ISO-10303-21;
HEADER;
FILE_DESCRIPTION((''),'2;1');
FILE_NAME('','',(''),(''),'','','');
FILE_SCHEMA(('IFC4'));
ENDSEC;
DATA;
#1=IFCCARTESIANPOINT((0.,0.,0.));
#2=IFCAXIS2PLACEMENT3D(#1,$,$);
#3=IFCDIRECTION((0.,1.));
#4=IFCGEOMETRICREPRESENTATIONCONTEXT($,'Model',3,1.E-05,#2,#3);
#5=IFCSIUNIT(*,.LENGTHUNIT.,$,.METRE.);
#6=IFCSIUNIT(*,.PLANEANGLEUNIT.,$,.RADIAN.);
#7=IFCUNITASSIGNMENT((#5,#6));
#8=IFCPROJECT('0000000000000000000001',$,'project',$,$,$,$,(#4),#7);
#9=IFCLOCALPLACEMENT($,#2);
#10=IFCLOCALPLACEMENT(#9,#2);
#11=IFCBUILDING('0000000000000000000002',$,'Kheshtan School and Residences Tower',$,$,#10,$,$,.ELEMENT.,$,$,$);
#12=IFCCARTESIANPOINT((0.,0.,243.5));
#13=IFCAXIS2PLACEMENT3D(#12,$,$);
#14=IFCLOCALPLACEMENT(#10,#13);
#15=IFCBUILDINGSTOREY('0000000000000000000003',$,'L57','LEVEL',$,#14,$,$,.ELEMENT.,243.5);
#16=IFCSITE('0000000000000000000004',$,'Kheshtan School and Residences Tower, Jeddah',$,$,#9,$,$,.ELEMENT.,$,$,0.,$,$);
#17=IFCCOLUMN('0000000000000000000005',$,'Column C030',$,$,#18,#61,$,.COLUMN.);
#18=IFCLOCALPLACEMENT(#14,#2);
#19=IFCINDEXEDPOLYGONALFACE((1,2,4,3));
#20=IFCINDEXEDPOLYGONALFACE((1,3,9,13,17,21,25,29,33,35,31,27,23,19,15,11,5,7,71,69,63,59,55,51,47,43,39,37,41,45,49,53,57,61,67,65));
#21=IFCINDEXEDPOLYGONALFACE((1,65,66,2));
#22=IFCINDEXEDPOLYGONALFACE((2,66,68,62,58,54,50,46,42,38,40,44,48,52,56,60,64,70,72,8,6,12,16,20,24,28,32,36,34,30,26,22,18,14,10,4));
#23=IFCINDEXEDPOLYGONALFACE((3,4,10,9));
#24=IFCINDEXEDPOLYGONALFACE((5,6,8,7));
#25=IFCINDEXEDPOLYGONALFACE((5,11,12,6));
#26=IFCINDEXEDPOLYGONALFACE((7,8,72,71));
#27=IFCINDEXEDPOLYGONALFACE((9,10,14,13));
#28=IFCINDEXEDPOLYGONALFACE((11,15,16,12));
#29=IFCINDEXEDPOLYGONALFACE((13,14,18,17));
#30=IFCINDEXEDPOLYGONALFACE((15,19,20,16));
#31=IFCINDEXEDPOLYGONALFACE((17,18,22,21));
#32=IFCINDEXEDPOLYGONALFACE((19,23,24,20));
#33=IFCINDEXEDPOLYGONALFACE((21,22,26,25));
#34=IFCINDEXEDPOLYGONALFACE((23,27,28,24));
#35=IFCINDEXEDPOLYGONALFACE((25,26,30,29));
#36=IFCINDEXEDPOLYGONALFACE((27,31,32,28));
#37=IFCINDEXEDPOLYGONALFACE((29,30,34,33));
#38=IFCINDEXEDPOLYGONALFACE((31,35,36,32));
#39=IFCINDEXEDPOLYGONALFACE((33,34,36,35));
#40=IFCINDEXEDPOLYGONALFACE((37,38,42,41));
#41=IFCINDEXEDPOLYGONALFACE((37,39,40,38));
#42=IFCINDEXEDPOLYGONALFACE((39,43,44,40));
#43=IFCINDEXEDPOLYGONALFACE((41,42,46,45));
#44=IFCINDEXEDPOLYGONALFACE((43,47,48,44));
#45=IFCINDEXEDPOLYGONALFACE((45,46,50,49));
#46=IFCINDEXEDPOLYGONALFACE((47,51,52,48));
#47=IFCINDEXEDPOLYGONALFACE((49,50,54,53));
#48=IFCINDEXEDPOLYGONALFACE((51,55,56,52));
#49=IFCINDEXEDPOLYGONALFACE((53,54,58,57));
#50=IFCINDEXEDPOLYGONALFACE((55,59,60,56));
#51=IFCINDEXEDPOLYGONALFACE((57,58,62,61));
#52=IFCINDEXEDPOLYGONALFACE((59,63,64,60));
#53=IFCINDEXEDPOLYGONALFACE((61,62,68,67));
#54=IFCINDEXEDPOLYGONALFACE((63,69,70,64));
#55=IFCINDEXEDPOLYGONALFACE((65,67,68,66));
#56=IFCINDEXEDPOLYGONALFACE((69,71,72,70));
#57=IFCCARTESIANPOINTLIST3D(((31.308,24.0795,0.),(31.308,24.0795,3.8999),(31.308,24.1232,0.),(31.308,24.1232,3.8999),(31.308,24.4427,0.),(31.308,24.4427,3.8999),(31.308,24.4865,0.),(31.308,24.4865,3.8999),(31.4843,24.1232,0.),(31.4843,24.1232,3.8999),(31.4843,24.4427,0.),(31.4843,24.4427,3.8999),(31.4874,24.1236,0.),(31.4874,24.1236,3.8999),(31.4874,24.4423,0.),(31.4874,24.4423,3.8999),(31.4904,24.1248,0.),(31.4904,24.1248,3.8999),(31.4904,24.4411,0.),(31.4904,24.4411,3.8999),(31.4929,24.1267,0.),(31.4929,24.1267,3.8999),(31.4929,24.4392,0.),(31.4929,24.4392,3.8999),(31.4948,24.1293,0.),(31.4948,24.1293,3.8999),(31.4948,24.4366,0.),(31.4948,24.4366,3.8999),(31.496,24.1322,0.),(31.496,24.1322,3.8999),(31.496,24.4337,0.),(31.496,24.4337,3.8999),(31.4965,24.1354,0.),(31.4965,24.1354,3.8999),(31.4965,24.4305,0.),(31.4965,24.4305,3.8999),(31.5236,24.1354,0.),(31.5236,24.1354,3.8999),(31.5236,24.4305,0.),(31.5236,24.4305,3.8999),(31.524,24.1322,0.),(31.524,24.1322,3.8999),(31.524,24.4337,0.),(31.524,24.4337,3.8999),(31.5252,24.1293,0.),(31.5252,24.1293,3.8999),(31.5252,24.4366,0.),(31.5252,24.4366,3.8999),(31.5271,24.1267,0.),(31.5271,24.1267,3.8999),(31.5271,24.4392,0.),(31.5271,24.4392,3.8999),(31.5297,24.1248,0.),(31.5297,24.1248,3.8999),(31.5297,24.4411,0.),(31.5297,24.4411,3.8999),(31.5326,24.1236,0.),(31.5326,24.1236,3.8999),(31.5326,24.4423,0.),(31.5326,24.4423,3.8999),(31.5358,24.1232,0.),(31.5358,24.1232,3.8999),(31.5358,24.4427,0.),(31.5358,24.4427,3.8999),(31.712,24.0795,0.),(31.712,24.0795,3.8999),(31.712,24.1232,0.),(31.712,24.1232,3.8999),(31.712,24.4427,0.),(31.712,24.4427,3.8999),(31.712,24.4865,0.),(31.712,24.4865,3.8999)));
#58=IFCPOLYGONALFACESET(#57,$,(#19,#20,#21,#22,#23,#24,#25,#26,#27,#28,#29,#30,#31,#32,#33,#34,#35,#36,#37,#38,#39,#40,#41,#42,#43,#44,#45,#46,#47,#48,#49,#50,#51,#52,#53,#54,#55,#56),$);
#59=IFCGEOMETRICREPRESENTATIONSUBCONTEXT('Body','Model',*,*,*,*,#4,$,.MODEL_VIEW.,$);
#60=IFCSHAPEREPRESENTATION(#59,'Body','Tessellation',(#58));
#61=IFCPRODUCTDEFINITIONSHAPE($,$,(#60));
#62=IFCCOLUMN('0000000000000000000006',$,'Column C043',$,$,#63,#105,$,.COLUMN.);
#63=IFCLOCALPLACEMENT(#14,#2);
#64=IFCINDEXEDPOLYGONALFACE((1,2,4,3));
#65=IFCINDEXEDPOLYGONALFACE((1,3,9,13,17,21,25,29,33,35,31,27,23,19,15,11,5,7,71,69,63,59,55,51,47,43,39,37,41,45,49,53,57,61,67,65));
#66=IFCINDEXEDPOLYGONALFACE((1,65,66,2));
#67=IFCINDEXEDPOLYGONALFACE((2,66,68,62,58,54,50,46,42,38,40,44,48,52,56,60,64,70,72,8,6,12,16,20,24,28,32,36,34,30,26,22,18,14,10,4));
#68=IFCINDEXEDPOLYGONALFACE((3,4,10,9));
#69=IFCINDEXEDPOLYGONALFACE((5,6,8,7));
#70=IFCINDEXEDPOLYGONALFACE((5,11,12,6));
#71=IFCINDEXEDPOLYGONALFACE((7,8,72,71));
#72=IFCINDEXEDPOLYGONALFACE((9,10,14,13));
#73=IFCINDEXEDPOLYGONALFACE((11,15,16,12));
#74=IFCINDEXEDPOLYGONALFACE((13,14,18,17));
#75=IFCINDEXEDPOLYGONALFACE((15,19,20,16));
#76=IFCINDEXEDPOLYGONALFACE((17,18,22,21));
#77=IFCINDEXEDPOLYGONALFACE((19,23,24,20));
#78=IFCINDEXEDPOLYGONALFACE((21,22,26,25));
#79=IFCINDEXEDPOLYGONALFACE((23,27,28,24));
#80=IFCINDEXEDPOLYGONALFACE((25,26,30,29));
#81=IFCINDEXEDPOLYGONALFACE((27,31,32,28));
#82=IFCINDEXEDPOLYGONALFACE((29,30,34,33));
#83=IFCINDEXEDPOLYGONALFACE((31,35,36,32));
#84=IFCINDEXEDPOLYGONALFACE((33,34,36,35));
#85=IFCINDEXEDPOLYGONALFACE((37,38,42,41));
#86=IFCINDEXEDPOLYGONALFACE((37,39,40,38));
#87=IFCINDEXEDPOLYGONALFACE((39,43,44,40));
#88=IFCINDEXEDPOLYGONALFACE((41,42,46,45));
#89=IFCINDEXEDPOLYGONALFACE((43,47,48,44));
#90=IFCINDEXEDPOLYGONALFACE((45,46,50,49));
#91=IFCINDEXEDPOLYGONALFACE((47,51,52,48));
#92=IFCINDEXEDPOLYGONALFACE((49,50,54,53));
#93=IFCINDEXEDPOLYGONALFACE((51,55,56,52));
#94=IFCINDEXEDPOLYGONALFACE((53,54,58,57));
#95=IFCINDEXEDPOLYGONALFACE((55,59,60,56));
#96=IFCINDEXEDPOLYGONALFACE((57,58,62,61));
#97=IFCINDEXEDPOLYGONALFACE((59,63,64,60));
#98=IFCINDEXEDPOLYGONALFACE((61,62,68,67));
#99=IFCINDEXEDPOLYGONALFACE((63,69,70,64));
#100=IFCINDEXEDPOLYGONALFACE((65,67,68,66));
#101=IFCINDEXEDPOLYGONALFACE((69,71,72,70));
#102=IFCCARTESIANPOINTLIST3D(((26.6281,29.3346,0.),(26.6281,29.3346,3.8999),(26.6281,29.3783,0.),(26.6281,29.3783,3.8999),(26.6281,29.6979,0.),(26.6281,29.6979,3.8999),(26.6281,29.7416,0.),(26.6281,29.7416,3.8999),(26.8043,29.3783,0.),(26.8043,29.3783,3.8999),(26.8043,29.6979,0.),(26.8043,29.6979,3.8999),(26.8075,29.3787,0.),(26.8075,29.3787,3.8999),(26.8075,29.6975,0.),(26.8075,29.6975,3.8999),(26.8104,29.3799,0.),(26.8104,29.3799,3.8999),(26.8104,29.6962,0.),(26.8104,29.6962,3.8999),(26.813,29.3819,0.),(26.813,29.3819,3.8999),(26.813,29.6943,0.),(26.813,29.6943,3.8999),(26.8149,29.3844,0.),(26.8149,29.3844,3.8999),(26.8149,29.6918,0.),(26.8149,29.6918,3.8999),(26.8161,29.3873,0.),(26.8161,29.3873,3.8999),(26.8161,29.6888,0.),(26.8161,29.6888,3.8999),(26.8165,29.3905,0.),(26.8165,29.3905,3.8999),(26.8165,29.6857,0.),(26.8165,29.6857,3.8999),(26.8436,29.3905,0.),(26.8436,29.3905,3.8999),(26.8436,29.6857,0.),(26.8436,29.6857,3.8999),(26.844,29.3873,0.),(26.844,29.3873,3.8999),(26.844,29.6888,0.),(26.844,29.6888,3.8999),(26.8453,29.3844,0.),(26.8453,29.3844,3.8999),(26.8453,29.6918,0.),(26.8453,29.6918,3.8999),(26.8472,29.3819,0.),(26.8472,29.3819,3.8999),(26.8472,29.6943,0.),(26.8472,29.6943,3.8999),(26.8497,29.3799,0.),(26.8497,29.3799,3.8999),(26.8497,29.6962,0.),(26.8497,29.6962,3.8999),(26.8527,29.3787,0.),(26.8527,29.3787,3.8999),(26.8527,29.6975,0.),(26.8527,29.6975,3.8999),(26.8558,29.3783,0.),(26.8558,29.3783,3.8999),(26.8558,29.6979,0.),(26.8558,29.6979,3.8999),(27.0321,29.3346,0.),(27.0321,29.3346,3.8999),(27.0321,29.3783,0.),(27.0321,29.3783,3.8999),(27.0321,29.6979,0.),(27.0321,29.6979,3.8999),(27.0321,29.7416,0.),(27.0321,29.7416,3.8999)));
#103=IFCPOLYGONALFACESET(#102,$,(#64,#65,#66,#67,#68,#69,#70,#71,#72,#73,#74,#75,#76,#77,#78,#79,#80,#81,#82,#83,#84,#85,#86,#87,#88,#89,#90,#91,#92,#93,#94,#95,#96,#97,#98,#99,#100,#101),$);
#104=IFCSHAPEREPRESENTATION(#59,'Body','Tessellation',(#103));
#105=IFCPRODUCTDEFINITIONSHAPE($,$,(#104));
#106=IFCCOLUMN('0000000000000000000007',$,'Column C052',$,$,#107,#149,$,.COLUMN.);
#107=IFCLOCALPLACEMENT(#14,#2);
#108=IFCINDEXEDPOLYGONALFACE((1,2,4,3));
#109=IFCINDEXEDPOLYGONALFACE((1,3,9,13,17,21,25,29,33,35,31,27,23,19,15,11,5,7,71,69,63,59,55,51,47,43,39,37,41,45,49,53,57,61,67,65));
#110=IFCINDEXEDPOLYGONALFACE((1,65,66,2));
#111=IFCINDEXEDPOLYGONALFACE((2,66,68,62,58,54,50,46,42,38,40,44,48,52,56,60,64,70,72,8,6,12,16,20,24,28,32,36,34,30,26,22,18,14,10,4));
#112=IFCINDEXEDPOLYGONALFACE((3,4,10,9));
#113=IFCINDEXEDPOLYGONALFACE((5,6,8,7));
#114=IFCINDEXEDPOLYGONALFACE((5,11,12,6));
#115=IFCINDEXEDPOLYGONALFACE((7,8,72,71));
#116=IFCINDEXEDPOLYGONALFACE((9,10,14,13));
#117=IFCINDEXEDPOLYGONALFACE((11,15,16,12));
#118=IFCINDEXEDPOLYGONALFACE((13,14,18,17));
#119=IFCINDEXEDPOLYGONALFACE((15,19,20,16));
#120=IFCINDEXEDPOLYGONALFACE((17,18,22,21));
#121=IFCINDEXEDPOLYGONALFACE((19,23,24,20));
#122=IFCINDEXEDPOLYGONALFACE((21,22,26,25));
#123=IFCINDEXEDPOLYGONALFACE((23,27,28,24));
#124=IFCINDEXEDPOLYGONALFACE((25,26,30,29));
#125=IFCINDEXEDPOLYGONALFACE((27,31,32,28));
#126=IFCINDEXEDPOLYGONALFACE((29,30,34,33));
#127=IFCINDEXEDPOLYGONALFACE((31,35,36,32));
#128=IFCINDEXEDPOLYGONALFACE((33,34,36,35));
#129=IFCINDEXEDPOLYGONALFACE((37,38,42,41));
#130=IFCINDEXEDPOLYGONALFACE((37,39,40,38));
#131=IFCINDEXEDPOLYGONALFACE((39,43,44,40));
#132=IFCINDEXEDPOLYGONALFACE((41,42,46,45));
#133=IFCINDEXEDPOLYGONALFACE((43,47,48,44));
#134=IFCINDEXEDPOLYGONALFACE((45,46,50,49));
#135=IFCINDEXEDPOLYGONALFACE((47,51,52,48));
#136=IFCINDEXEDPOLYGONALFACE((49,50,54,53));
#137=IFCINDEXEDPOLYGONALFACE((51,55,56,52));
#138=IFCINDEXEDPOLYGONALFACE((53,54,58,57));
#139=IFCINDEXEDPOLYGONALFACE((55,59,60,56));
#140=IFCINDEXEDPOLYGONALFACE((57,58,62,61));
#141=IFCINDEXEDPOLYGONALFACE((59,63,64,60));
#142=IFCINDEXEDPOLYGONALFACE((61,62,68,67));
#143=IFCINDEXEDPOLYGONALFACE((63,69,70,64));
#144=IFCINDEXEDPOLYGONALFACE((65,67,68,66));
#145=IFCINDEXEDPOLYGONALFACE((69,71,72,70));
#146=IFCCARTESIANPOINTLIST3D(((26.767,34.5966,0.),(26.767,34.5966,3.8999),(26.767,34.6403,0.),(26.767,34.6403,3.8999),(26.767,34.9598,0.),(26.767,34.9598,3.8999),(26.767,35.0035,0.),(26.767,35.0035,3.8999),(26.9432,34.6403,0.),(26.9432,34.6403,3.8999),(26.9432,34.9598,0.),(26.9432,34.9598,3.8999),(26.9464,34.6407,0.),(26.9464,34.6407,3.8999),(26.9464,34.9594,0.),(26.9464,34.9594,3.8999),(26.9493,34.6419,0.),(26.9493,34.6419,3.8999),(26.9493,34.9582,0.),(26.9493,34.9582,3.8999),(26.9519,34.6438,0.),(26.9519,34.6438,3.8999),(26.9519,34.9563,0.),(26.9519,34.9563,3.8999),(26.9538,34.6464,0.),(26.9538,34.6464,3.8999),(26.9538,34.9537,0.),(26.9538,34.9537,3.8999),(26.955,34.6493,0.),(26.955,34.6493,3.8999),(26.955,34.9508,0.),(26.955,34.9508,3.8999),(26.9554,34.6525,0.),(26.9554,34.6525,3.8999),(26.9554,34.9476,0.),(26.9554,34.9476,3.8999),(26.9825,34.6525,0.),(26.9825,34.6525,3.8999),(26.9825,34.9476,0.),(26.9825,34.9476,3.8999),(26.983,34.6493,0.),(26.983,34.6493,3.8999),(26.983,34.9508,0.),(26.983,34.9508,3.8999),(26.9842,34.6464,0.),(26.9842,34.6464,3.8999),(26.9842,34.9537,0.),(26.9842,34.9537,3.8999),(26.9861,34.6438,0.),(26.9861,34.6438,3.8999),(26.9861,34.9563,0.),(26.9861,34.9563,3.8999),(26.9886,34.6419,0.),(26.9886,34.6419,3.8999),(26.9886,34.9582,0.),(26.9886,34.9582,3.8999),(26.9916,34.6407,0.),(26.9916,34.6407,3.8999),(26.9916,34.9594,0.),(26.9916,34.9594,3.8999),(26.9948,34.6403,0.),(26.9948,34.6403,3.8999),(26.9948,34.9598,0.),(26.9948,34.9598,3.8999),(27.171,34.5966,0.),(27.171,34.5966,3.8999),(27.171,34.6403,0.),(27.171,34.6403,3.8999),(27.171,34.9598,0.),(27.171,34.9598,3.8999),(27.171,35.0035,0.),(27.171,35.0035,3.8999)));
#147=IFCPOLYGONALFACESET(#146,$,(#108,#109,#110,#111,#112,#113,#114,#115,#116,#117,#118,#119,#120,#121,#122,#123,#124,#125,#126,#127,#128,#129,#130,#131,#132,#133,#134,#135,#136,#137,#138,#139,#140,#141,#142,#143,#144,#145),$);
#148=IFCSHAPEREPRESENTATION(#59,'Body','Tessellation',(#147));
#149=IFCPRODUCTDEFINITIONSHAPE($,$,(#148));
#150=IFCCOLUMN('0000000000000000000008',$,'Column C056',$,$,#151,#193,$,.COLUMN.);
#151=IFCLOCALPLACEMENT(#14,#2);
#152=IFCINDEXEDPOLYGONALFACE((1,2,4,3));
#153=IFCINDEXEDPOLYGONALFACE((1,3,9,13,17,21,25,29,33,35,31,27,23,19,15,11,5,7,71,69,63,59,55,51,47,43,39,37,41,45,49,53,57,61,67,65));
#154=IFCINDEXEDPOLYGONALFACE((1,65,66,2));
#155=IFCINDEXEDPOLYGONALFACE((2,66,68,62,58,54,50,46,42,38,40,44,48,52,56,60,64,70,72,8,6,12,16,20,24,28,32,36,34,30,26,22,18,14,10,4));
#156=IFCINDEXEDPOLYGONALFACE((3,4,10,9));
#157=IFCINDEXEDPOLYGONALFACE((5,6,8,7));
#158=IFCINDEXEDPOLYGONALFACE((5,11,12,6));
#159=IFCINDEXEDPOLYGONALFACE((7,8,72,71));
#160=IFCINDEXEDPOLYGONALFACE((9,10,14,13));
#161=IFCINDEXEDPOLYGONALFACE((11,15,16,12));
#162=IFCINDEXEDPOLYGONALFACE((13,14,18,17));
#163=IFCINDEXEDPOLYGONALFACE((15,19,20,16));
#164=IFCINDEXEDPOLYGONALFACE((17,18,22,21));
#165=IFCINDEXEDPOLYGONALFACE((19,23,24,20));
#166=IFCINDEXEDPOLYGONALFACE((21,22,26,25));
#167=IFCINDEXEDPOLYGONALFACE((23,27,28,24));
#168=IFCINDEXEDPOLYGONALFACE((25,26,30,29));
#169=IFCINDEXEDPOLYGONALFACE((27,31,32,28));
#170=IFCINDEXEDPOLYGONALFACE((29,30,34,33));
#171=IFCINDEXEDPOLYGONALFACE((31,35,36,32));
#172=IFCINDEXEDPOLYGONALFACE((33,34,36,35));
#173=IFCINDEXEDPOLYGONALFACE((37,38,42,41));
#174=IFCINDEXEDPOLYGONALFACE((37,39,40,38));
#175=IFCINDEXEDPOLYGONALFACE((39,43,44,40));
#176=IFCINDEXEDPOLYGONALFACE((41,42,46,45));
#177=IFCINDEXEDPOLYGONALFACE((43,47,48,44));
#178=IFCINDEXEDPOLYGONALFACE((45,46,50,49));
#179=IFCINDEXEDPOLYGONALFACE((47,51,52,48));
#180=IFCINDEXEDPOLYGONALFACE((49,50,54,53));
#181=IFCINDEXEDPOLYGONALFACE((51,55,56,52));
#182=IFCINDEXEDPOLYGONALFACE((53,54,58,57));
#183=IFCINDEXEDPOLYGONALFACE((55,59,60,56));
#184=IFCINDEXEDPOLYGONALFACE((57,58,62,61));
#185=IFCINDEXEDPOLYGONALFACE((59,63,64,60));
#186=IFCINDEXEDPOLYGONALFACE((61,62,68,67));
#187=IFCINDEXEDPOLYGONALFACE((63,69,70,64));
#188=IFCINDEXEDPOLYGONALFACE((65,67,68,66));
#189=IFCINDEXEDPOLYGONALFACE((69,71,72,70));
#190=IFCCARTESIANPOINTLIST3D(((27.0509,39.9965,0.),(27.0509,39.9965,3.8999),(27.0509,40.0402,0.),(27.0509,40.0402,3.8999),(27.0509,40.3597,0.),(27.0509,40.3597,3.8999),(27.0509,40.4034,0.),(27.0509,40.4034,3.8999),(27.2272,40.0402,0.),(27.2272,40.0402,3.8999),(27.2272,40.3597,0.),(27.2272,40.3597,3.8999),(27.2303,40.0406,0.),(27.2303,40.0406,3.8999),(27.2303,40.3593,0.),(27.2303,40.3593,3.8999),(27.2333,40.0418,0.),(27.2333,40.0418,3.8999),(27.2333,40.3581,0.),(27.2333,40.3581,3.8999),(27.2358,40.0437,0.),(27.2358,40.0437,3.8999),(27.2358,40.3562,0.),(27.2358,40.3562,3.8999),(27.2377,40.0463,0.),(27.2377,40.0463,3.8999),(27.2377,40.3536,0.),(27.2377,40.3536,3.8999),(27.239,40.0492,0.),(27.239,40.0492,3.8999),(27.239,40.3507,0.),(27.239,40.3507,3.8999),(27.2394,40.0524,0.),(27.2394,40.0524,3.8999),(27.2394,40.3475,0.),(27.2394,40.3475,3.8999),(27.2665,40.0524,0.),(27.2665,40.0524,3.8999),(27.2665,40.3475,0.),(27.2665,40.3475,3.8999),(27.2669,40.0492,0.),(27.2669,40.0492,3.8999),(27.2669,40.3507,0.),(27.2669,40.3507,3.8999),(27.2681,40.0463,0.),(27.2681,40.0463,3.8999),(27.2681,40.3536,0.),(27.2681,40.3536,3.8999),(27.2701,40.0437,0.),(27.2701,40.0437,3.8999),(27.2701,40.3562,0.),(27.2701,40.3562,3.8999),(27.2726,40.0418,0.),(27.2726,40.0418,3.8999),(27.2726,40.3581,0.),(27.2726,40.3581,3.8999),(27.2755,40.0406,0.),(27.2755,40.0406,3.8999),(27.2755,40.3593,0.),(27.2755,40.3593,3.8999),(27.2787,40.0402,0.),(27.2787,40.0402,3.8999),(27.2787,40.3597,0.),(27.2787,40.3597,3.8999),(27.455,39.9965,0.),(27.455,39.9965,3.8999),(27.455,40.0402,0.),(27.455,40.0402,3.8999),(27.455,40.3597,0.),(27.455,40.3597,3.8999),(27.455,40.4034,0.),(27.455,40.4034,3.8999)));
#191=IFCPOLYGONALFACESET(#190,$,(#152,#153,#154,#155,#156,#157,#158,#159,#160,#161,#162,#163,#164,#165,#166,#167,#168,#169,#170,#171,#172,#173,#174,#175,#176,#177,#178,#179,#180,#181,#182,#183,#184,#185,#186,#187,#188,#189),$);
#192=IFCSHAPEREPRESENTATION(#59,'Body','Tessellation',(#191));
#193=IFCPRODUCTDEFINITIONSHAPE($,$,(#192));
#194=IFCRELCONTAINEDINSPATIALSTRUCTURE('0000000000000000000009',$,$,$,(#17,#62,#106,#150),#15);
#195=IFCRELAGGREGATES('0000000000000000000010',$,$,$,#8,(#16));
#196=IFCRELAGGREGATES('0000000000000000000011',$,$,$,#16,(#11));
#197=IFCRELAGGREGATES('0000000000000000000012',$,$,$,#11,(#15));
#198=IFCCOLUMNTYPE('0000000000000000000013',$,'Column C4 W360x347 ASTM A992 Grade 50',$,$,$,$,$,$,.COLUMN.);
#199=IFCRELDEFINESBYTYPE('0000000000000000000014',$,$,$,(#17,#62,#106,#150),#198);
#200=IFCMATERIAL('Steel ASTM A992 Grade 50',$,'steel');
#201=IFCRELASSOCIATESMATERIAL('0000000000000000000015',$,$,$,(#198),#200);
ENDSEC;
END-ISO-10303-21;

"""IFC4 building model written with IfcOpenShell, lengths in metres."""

from ifc_helpers import new_model, si_unit, direction, frame, origin, origin_2d, place, context, subcontext, project, spatial, i_section, extrude, material, material_profile, profile_set, type_object, element, save


model = new_model("IFC4")

# Units and contexts
model_context = context("Model", 3, precision=1e-05, world=origin(), true_north=direction((0.0, 1.0)))
body_context = subcontext(model_context, "Body", "Model", "MODEL_VIEW")
ifc_project = project(units=[si_unit("LENGTHUNIT", "METRE"), si_unit("PLANEANGLEUNIT", "RADIAN")], contexts=[model_context])

# Site, building, storey
site_placement = place(None, origin())
site = spatial("IfcSite", under=ifc_project, at=site_placement, Name="Kheshtan School and Residences Tower, Jeddah", CompositionType="ELEMENT", RefElevation=0.0)
building_placement = place(site_placement, origin())
building = spatial("IfcBuilding", under=site, at=building_placement, Name="Kheshtan School and Residences Tower", CompositionType="ELEMENT")
storey_placement = place(building_placement, frame((0.0, 0.0, 243.5)))
storey = spatial("IfcBuildingStorey", under=building, at=storey_placement, Name="L57", Description="LEVEL", CompositionType="ELEMENT", Elevation=243.5)

# Columns
ifc_material_1 = material(Name="Steel ASTM A992 Grade 50", Category="steel")
ifc_material_profile_1 = material_profile(ifc_material_1, i_section(OverallWidth=0.4041, OverallDepth=0.407, WebThickness=0.0271, FlangeThickness=0.0437, FilletRadius=0.0122, at=origin_2d()), Name="W360x347")
ifc_profile_set_1 = profile_set([ifc_material_profile_1], Name="Steel ASTM A992 Grade 50")
column_type = type_object("IfcColumnType", Name="Column C4 W360x347 ASTM A992 Grade 50", PredefinedType="COLUMN", material=ifc_profile_set_1)
for number, where, z_axis, x_axis, name in (
    (1, (31.51, 24.283, 0.0), (0.0, 0.0, 1.0), (1.0, 0.0, 0.0), "Column C030"),
    (2, (26.8301, 29.5381, 0.0), (0.0, 0.0, 1.0), (1.0, 0.0, 0.0), "Column C043"),
    (3, (26.969, 34.8, 0.0), (0.0, 0.0, 1.0), (1.0, 0.0, 0.0), "Column C052"),
    (4, (27.2529, 40.2, 0.0), (0.0, 0.0, 1.0), (1.0, 0.0, 0.0), "Column C056"),
):
    element("IfcColumn", number, at=place(storey_placement, frame(where, z_axis=z_axis, x_axis=x_axis)), inside=storey, type_object=column_type, Name=name, PredefinedType="COLUMN", context=body_context, shape_type="SweptSolid", body=[
        extrude(i_section(OverallWidth=0.4041, OverallDepth=0.407, WebThickness=0.0271, FlangeThickness=0.0437, FilletRadius=0.0122, at=origin_2d()), origin(), (0.0, 0.0, 1.0), 3.8999),
    ])

save(model, "model.ifc")
